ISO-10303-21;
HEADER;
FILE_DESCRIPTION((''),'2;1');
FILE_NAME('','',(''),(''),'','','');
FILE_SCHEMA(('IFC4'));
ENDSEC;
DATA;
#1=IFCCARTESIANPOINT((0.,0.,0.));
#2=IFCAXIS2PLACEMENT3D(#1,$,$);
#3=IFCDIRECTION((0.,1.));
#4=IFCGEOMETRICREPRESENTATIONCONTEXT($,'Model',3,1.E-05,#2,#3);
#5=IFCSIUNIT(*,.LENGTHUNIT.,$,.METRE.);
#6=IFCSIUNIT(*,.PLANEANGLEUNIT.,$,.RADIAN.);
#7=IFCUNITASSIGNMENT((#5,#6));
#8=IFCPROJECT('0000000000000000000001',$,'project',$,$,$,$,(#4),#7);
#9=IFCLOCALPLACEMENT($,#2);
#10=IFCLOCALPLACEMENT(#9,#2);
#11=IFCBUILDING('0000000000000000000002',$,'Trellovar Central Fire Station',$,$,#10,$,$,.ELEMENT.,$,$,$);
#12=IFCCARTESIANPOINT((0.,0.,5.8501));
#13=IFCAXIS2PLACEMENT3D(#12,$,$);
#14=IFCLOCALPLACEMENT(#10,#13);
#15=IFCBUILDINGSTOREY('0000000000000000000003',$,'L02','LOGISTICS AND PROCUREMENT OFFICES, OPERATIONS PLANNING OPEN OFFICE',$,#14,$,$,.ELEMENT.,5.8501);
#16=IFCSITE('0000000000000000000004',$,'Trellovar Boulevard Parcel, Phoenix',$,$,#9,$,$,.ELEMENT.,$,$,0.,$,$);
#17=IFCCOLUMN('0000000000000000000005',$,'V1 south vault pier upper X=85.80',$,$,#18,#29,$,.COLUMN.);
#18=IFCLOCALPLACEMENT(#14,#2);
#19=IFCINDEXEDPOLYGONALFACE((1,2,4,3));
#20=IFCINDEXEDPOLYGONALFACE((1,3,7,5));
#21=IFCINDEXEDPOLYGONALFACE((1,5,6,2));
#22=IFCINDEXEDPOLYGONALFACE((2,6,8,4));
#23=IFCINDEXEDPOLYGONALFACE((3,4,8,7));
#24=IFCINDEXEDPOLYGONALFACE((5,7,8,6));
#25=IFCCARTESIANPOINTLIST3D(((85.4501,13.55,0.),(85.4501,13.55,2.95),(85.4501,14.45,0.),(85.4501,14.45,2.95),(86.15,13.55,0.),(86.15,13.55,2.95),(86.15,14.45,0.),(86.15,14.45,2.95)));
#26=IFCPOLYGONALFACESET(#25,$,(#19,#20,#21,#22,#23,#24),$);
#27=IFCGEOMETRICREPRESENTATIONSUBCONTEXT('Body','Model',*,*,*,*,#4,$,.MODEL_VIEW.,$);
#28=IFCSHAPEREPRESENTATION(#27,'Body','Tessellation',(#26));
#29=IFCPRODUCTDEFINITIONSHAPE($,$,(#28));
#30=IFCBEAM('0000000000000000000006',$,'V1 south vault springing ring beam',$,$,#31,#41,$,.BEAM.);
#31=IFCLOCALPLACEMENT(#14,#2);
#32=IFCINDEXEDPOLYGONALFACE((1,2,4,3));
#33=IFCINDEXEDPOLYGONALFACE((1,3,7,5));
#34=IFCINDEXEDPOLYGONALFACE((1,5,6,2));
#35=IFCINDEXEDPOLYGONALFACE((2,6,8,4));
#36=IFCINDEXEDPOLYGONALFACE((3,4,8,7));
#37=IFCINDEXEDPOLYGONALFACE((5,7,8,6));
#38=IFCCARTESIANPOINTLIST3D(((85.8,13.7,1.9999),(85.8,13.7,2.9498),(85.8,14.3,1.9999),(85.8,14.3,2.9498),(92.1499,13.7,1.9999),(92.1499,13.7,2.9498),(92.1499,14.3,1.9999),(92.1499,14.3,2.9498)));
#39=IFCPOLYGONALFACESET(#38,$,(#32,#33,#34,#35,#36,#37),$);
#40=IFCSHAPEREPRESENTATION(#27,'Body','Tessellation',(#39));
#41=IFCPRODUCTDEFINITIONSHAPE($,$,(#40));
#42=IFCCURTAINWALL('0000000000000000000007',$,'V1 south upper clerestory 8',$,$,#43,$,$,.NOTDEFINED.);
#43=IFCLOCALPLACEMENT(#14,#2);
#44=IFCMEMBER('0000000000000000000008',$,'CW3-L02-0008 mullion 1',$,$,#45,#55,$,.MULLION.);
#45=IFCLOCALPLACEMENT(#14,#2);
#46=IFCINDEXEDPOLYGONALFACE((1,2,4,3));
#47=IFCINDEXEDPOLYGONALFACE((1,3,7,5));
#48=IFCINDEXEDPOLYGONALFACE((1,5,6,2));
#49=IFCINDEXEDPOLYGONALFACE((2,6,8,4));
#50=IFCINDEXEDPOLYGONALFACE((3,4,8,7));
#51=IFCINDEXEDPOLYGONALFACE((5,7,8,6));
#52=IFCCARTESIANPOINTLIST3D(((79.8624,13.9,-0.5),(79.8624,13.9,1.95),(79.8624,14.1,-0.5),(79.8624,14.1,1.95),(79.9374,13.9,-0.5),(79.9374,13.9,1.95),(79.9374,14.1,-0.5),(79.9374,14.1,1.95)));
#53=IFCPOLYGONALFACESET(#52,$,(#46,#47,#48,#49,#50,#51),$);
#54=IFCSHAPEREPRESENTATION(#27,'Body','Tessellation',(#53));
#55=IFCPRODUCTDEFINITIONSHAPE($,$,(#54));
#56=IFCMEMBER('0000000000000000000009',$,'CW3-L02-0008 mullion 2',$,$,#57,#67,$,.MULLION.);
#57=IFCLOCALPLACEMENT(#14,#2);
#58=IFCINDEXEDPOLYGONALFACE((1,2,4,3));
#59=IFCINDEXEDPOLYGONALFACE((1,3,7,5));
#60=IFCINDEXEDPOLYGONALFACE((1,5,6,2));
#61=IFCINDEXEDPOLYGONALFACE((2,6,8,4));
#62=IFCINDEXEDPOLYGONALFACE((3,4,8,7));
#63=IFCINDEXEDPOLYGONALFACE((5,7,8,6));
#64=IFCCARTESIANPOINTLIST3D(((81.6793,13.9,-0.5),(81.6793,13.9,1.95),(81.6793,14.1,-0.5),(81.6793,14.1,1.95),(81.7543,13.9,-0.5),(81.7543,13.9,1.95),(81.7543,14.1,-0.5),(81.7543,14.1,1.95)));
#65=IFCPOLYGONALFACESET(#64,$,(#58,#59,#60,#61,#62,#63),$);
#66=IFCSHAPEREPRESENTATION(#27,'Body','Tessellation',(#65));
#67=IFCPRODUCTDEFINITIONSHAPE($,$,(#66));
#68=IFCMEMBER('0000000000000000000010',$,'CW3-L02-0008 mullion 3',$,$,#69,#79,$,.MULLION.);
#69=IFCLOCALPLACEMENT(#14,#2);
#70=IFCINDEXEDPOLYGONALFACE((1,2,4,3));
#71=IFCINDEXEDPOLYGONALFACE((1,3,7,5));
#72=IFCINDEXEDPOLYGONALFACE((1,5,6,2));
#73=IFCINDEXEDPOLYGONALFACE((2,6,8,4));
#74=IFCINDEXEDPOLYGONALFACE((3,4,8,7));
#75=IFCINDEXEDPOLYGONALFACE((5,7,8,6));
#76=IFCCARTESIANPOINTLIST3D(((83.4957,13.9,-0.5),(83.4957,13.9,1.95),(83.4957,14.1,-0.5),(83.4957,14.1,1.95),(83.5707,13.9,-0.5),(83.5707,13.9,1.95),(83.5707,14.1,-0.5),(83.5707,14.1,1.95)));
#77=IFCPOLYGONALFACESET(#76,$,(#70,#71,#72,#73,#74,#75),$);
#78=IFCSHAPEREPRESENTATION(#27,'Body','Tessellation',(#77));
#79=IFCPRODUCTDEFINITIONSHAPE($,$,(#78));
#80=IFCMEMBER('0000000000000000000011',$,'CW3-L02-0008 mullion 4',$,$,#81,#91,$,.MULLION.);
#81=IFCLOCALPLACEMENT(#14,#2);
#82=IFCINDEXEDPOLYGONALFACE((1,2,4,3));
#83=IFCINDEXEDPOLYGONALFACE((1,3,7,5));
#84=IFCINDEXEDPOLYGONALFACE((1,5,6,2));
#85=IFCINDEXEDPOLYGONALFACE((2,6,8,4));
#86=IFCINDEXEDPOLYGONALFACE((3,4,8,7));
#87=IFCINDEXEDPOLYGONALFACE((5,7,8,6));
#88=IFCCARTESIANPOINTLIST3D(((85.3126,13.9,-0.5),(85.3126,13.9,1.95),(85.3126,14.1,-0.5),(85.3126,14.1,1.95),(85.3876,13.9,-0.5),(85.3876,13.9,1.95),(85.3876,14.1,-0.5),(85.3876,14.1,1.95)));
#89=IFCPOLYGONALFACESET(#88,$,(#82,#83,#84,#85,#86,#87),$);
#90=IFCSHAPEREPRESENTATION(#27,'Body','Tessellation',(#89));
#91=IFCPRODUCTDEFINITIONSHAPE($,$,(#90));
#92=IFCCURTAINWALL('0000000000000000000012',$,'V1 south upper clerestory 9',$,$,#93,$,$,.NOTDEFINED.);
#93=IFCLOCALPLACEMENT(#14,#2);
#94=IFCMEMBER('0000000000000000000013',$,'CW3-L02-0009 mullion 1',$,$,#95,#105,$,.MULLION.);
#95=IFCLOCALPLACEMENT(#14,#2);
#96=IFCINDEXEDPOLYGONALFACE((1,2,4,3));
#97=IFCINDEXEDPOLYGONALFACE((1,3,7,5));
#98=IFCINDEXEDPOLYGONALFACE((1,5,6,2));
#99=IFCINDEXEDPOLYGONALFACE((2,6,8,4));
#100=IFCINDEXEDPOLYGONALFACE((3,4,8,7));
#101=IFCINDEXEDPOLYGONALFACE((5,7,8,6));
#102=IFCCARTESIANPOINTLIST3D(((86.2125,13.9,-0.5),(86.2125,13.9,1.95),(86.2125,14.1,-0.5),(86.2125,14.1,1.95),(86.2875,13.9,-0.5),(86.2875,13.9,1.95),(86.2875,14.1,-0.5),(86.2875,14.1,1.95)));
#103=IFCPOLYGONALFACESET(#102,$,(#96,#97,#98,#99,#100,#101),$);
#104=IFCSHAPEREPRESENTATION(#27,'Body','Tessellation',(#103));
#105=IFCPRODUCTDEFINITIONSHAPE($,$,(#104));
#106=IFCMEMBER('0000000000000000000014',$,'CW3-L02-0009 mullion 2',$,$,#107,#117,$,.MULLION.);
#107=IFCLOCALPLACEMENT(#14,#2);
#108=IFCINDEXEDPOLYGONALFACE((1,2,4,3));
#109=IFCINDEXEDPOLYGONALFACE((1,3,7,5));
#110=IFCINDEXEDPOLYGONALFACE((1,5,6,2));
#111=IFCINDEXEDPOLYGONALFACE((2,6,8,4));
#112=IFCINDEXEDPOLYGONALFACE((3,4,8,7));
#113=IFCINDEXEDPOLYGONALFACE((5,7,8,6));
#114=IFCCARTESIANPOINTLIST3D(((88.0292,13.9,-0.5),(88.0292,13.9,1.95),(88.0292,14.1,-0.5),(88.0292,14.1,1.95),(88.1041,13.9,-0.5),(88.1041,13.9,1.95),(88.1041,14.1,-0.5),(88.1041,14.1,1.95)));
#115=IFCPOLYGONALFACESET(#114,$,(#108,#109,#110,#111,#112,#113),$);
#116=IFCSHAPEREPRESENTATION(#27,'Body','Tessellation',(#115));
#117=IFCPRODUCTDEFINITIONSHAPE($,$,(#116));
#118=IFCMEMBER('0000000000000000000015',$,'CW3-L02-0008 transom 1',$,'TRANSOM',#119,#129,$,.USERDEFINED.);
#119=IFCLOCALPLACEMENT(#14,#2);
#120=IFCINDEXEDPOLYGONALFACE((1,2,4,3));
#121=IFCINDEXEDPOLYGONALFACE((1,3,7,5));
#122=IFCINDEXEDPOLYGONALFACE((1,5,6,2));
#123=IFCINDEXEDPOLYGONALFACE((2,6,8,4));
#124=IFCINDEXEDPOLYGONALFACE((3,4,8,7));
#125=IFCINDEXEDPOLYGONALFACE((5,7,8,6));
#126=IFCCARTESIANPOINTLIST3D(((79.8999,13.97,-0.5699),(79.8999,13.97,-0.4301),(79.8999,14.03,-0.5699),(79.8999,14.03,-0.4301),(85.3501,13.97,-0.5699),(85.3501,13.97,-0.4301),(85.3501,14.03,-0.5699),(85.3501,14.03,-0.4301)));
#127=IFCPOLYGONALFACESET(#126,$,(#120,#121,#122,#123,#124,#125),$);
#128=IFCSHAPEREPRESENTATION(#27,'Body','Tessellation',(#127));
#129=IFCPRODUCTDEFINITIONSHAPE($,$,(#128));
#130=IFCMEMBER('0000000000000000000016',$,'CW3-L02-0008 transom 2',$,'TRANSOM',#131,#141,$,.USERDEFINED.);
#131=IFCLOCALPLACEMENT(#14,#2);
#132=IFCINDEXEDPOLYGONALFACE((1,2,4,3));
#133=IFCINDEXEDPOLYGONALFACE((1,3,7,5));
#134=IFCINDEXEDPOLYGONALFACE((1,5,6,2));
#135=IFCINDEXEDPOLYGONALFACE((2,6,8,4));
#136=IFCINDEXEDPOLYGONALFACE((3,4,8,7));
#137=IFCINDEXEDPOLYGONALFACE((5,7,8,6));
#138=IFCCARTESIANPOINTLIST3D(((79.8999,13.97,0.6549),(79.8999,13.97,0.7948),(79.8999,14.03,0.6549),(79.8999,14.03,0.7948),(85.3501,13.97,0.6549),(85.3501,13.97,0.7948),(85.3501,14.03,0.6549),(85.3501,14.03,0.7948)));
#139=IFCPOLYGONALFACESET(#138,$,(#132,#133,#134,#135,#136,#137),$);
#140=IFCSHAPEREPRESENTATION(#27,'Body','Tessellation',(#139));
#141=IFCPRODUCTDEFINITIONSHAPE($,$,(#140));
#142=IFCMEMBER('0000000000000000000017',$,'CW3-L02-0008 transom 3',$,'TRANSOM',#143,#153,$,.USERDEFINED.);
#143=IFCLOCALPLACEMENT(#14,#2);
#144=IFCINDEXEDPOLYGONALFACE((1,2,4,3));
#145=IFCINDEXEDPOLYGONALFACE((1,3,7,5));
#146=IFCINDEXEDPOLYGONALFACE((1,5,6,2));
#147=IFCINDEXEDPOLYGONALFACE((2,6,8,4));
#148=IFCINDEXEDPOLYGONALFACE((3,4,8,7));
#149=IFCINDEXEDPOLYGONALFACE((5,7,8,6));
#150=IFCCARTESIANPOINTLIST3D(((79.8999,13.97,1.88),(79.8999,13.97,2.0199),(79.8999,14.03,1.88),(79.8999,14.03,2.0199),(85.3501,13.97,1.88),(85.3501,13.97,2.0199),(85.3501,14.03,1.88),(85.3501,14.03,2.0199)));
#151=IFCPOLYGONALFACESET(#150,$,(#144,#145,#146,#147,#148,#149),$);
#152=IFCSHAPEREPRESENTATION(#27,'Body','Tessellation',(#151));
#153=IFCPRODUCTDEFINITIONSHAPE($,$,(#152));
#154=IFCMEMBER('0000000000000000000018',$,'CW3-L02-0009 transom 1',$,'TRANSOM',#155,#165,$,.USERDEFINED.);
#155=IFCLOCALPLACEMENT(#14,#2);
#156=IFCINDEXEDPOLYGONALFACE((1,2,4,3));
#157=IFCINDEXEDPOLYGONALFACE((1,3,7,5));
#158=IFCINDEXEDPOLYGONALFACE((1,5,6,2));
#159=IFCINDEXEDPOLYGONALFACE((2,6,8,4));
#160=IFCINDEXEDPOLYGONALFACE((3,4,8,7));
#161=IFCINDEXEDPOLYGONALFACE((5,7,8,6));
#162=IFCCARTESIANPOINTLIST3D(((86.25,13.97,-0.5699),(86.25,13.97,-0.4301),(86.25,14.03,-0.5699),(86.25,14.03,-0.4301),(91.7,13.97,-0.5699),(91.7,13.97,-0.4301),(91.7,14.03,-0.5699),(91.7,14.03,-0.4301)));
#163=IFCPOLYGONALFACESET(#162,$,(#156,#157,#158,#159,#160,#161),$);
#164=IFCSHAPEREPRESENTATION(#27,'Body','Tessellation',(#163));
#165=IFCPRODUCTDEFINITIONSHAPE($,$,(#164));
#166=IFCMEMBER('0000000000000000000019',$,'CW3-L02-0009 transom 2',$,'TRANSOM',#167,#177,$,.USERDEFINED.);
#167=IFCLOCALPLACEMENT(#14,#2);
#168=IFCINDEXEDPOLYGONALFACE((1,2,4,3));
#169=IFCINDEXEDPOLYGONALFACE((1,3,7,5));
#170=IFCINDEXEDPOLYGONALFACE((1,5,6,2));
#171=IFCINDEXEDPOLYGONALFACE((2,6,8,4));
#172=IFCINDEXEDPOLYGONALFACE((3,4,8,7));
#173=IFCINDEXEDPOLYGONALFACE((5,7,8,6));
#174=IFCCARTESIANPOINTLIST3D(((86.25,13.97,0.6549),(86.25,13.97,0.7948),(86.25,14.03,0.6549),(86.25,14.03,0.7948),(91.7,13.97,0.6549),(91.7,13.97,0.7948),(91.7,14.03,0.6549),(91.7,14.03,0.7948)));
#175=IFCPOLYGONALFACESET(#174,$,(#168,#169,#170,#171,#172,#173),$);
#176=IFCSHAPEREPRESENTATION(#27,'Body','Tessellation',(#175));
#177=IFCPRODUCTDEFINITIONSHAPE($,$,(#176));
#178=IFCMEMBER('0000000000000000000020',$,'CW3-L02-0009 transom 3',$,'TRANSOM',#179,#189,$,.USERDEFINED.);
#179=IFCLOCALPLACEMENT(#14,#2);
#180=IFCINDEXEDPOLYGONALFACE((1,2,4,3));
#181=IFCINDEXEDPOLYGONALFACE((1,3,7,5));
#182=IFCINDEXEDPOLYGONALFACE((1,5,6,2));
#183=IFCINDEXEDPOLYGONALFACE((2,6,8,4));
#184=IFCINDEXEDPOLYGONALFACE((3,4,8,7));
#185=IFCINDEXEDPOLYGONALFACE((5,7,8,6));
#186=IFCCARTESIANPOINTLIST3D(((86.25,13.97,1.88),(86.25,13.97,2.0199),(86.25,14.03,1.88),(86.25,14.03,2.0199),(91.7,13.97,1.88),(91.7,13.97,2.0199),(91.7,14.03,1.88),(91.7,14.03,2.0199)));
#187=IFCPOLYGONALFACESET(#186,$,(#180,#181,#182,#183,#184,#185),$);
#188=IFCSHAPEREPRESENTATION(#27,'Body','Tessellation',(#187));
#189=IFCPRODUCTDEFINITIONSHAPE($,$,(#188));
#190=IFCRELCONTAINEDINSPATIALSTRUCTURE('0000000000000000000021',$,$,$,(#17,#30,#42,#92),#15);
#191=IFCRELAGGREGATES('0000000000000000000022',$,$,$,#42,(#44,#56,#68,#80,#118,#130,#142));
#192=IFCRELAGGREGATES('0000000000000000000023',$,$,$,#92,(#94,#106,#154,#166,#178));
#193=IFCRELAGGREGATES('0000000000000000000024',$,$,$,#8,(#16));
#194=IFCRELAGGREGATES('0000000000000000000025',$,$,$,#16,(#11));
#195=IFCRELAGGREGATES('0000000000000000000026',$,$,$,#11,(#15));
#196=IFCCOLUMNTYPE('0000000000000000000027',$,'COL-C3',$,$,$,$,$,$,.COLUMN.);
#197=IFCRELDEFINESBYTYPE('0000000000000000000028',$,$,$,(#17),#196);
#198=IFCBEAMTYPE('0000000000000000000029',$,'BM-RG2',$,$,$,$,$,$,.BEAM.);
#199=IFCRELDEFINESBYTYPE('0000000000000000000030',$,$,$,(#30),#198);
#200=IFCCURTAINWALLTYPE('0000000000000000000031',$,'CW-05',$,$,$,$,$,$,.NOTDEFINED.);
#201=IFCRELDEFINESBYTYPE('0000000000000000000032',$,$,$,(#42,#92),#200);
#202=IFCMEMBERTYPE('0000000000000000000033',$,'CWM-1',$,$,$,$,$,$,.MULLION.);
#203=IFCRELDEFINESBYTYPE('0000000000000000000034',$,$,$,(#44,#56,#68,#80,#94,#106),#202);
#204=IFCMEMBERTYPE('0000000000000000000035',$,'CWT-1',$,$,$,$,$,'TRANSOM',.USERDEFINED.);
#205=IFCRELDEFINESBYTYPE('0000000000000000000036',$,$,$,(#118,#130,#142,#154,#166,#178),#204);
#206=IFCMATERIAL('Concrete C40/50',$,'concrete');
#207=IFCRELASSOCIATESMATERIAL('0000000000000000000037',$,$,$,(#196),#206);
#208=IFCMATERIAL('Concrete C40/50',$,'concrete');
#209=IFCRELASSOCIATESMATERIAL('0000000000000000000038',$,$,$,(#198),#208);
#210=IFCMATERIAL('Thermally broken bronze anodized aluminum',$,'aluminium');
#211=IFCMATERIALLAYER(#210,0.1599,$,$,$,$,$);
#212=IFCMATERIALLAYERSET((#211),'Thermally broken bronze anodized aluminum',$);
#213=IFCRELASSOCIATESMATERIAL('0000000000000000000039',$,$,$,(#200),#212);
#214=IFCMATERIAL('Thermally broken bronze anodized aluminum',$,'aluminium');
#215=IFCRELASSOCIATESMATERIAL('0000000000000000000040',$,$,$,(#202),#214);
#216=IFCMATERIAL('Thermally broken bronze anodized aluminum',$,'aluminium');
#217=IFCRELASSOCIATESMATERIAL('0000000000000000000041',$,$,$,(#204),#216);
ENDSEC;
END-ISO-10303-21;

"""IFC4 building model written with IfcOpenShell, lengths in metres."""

from ifc_helpers import new_model, si_unit, direction, frame, origin, origin_2d, place, context, subcontext, project, spatial, rectangle, extrude, material, layer, layer_set, material_profile, profile_set, type_object, element, aggregate, save


model = new_model("IFC4")

# Units and contexts
model_context = context("Model", 3, precision=1e-05, world=origin(), true_north=direction((0.0, 1.0)))
body_context = subcontext(model_context, "Body", "Model", "MODEL_VIEW")
ifc_project = project(units=[si_unit("LENGTHUNIT", "METRE"), si_unit("PLANEANGLEUNIT", "RADIAN")], contexts=[model_context])

# Site, building, storey
site_placement = place(None, origin())
site = spatial("IfcSite", under=ifc_project, at=site_placement, Name="Trellovar Boulevard Parcel, Phoenix", CompositionType="ELEMENT", RefElevation=0.0)
building_placement = place(site_placement, origin())
building = spatial("IfcBuilding", under=site, at=building_placement, Name="Trellovar Central Fire Station", CompositionType="ELEMENT")
storey_placement = place(building_placement, frame((0.0, 0.0, 5.8501)))
storey = spatial("IfcBuildingStorey", under=building, at=storey_placement, Name="L02", Description="LOGISTICS AND PROCUREMENT OFFICES, OPERATIONS PLANNING OPEN OFFICE", CompositionType="ELEMENT", Elevation=5.8501)

# Column
ifc_material_1 = material(Name="Concrete C40/50", Category="concrete")
ifc_material_profile_1 = material_profile(ifc_material_1, rectangle(XDim=0.7, YDim=0.8999, at=origin_2d()), Name="RC700X900")
ifc_profile_set_1 = profile_set([ifc_material_profile_1], Name="Concrete C40/50")
column_type = type_object("IfcColumnType", Name="COL-C3", PredefinedType="COLUMN", material=ifc_profile_set_1)
column_placement = place(storey_placement, frame((85.8, 14.0, 0.0), z_axis=(0.0, 0.0, 1.0), x_axis=(1.0, 0.0, 0.0)))
element("IfcColumn", 1, at=column_placement, inside=storey, type_object=column_type, Name="V1 south vault pier upper X=85.80", PredefinedType="COLUMN", context=body_context, shape_type="SweptSolid", body=[
    extrude(rectangle(XDim=0.7, YDim=0.8999, at=origin_2d()), origin(), (0.0, 0.0, 1.0), 2.95),
])

# Beam
ifc_material_2 = material(Name="Concrete C40/50", Category="concrete")
ifc_material_profile_2 = material_profile(ifc_material_2, rectangle(XDim=0.6001, YDim=0.95, at=origin_2d()), Name="RC600X950")
ifc_profile_set_2 = profile_set([ifc_material_profile_2], Name="Concrete C40/50")
beam_type = type_object("IfcBeamType", Name="BM-RG2", PredefinedType="BEAM", material=ifc_profile_set_2)
beam_placement = place(storey_placement, frame((85.8, 14.0, 2.4749), z_axis=(1.0, 0.0, 0.0), x_axis=(0.0, 1.0, 0.0)))
element("IfcBeam", 2, at=beam_placement, inside=storey, type_object=beam_type, Name="V1 south vault springing ring beam", PredefinedType="BEAM", context=body_context, shape_type="SweptSolid", body=[
    extrude(rectangle(XDim=0.6001, YDim=0.95, at=origin_2d()), origin(), (0.0, 0.0, 1.0), 6.3499),
])

# Curtain walls, members
ifc_material_3 = material(Name="Thermally broken bronze anodized aluminum", Category="aluminium")
ifc_layer_1 = layer(ifc_material_3, 0.1599)
ifc_layer_set_1 = layer_set([ifc_layer_1], Name="Thermally broken bronze anodized aluminum")
curtain_wall_type = type_object("IfcCurtainWallType", Name="CW-05", PredefinedType="NOTDEFINED", material=ifc_layer_set_1)
curtain_wall_1_placement = place(storey_placement, origin())
curtain_wall_1 = element("IfcCurtainWall", 3, at=curtain_wall_1_placement, inside=storey, type_object=curtain_wall_type, Name="V1 south upper clerestory 8", PredefinedType="NOTDEFINED")
ifc_material_4 = material(Name="Thermally broken bronze anodized aluminum", Category="aluminium")
ifc_material_profile_3 = material_profile(ifc_material_4, rectangle(XDim=0.075, YDim=0.2, at=origin_2d()), Name="ALU75X200")
ifc_profile_set_3 = profile_set([ifc_material_profile_3], Name="Thermally broken bronze anodized aluminum")
member_type_1 = type_object("IfcMemberType", Name="CWM-1", PredefinedType="MULLION", material=ifc_profile_set_3)
member_1_placement = place(storey_placement, frame((79.8999, 14.0, -0.5), z_axis=(0.0, 0.0, 1.0), x_axis=(1.0, 0.0, 0.0)))
member_1 = element("IfcMember", 4, at=member_1_placement, type_object=member_type_1, Name="CW3-L02-0008 mullion 1", PredefinedType="MULLION", context=body_context, shape_type="SweptSolid", body=[
    extrude(rectangle(XDim=0.075, YDim=0.2, at=origin_2d()), origin(), (0.0, 0.0, 1.0), 2.45),
])
member_2_placement = place(storey_placement, frame((81.7168, 14.0, -0.5), z_axis=(0.0, 0.0, 1.0), x_axis=(1.0, 0.0, 0.0)))
member_2 = element("IfcMember", 5, at=member_2_placement, type_object=member_type_1, Name="CW3-L02-0008 mullion 2", PredefinedType="MULLION", context=body_context, shape_type="SweptSolid", body=[
    extrude(rectangle(XDim=0.075, YDim=0.2, at=origin_2d()), origin(), (0.0, 0.0, 1.0), 2.45),
])
member_3_placement = place(storey_placement, frame((83.5332, 14.0, -0.5), z_axis=(0.0, 0.0, 1.0), x_axis=(1.0, 0.0, 0.0)))
member_3 = element("IfcMember", 6, at=member_3_placement, type_object=member_type_1, Name="CW3-L02-0008 mullion 3", PredefinedType="MULLION", context=body_context, shape_type="SweptSolid", body=[
    extrude(rectangle(XDim=0.075, YDim=0.2, at=origin_2d()), origin(), (0.0, 0.0, 1.0), 2.45),
])
member_4_placement = place(storey_placement, frame((85.3501, 14.0, -0.5), z_axis=(0.0, 0.0, 1.0), x_axis=(1.0, 0.0, 0.0)))
member_4 = element("IfcMember", 7, at=member_4_placement, type_object=member_type_1, Name="CW3-L02-0008 mullion 4", PredefinedType="MULLION", context=body_context, shape_type="SweptSolid", body=[
    extrude(rectangle(XDim=0.075, YDim=0.2, at=origin_2d()), origin(), (0.0, 0.0, 1.0), 2.45),
])
curtain_wall_2_placement = place(storey_placement, origin())
curtain_wall_2 = element("IfcCurtainWall", 8, at=curtain_wall_2_placement, inside=storey, type_object=curtain_wall_type, Name="V1 south upper clerestory 9", PredefinedType="NOTDEFINED")
member_5_placement = place(storey_placement, frame((86.25, 14.0, -0.5), z_axis=(0.0, 0.0, 1.0), x_axis=(1.0, 0.0, 0.0)))
member_5 = element("IfcMember", 9, at=member_5_placement, type_object=member_type_1, Name="CW3-L02-0009 mullion 1", PredefinedType="MULLION", context=body_context, shape_type="SweptSolid", body=[
    extrude(rectangle(XDim=0.075, YDim=0.2, at=origin_2d()), origin(), (0.0, 0.0, 1.0), 2.45),
])
member_6_placement = place(storey_placement, frame((88.0667, 14.0, -0.5), z_axis=(0.0, 0.0, 1.0), x_axis=(1.0, 0.0, 0.0)))
member_6 = element("IfcMember", 10, at=member_6_placement, type_object=member_type_1, Name="CW3-L02-0009 mullion 2", PredefinedType="MULLION", context=body_context, shape_type="SweptSolid", body=[
    extrude(rectangle(XDim=0.075, YDim=0.2, at=origin_2d()), origin(), (0.0, 0.0, 1.0), 2.45),
])

# Members
ifc_material_5 = material(Name="Thermally broken bronze anodized aluminum", Category="aluminium")
ifc_material_profile_4 = material_profile(ifc_material_5, rectangle(XDim=0.0601, YDim=0.1399, at=origin_2d()), Name="ALU60X140")
ifc_profile_set_4 = profile_set([ifc_material_profile_4], Name="Thermally broken bronze anodized aluminum")
member_type_2 = type_object("IfcMemberType", Name="CWT-1", ElementType="TRANSOM", PredefinedType="USERDEFINED", material=ifc_profile_set_4)
member_7_placement = place(storey_placement, frame((79.8999, 14.0, -0.5), z_axis=(1.0, 0.0, 0.0), x_axis=(0.0, 1.0, 0.0)))
member_7 = element("IfcMember", 11, at=member_7_placement, type_object=member_type_2, Name="CW3-L02-0008 transom 1", ObjectType="TRANSOM", PredefinedType="USERDEFINED", context=body_context, shape_type="SweptSolid", body=[
    extrude(rectangle(XDim=0.0601, YDim=0.1399, at=origin_2d()), origin(), (0.0, 0.0, 1.0), 5.4502),
])
member_8_placement = place(storey_placement, frame((79.8999, 14.0, 0.7249), z_axis=(1.0, 0.0, 0.0), x_axis=(0.0, 1.0, 0.0)))
member_8 = element("IfcMember", 12, at=member_8_placement, type_object=member_type_2, Name="CW3-L02-0008 transom 2", ObjectType="TRANSOM", PredefinedType="USERDEFINED", context=body_context, shape_type="SweptSolid", body=[
    extrude(rectangle(XDim=0.0601, YDim=0.1399, at=origin_2d()), origin(), (0.0, 0.0, 1.0), 5.4502),
])
member_9_placement = place(storey_placement, frame((79.8999, 14.0, 1.95), z_axis=(1.0, 0.0, 0.0), x_axis=(0.0, 1.0, 0.0)))
member_9 = element("IfcMember", 13, at=member_9_placement, type_object=member_type_2, Name="CW3-L02-0008 transom 3", ObjectType="TRANSOM", PredefinedType="USERDEFINED", context=body_context, shape_type="SweptSolid", body=[
    extrude(rectangle(XDim=0.0601, YDim=0.1399, at=origin_2d()), origin(), (0.0, 0.0, 1.0), 5.4502),
])
member_10_placement = place(storey_placement, frame((86.25, 14.0, -0.5), z_axis=(1.0, 0.0, 0.0), x_axis=(0.0, 1.0, 0.0)))
member_10 = element("IfcMember", 14, at=member_10_placement, type_object=member_type_2, Name="CW3-L02-0009 transom 1", ObjectType="TRANSOM", PredefinedType="USERDEFINED", context=body_context, shape_type="SweptSolid", body=[
    extrude(rectangle(XDim=0.0601, YDim=0.1399, at=origin_2d()), origin(), (0.0, 0.0, 1.0), 5.45),
])
member_11_placement = place(storey_placement, frame((86.25, 14.0, 0.7249), z_axis=(1.0, 0.0, 0.0), x_axis=(0.0, 1.0, 0.0)))
member_11 = element("IfcMember", 15, at=member_11_placement, type_object=member_type_2, Name="CW3-L02-0009 transom 2", ObjectType="TRANSOM", PredefinedType="USERDEFINED", context=body_context, shape_type="SweptSolid", body=[
    extrude(rectangle(XDim=0.0601, YDim=0.1399, at=origin_2d()), origin(), (0.0, 0.0, 1.0), 5.45),
])
member_12_placement = place(storey_placement, frame((86.25, 14.0, 1.95), z_axis=(1.0, 0.0, 0.0), x_axis=(0.0, 1.0, 0.0)))
member_12 = element("IfcMember", 16, at=member_12_placement, type_object=member_type_2, Name="CW3-L02-0009 transom 3", ObjectType="TRANSOM", PredefinedType="USERDEFINED", context=body_context, shape_type="SweptSolid", body=[
    extrude(rectangle(XDim=0.0601, YDim=0.1399, at=origin_2d()), origin(), (0.0, 0.0, 1.0), 5.45),
])

aggregate(curtain_wall_1, [member_1, member_2, member_3, member_4, member_7, member_8, member_9])
aggregate(curtain_wall_2, [member_5, member_6, member_10, member_11, member_12])

save(model, "model.ifc")
